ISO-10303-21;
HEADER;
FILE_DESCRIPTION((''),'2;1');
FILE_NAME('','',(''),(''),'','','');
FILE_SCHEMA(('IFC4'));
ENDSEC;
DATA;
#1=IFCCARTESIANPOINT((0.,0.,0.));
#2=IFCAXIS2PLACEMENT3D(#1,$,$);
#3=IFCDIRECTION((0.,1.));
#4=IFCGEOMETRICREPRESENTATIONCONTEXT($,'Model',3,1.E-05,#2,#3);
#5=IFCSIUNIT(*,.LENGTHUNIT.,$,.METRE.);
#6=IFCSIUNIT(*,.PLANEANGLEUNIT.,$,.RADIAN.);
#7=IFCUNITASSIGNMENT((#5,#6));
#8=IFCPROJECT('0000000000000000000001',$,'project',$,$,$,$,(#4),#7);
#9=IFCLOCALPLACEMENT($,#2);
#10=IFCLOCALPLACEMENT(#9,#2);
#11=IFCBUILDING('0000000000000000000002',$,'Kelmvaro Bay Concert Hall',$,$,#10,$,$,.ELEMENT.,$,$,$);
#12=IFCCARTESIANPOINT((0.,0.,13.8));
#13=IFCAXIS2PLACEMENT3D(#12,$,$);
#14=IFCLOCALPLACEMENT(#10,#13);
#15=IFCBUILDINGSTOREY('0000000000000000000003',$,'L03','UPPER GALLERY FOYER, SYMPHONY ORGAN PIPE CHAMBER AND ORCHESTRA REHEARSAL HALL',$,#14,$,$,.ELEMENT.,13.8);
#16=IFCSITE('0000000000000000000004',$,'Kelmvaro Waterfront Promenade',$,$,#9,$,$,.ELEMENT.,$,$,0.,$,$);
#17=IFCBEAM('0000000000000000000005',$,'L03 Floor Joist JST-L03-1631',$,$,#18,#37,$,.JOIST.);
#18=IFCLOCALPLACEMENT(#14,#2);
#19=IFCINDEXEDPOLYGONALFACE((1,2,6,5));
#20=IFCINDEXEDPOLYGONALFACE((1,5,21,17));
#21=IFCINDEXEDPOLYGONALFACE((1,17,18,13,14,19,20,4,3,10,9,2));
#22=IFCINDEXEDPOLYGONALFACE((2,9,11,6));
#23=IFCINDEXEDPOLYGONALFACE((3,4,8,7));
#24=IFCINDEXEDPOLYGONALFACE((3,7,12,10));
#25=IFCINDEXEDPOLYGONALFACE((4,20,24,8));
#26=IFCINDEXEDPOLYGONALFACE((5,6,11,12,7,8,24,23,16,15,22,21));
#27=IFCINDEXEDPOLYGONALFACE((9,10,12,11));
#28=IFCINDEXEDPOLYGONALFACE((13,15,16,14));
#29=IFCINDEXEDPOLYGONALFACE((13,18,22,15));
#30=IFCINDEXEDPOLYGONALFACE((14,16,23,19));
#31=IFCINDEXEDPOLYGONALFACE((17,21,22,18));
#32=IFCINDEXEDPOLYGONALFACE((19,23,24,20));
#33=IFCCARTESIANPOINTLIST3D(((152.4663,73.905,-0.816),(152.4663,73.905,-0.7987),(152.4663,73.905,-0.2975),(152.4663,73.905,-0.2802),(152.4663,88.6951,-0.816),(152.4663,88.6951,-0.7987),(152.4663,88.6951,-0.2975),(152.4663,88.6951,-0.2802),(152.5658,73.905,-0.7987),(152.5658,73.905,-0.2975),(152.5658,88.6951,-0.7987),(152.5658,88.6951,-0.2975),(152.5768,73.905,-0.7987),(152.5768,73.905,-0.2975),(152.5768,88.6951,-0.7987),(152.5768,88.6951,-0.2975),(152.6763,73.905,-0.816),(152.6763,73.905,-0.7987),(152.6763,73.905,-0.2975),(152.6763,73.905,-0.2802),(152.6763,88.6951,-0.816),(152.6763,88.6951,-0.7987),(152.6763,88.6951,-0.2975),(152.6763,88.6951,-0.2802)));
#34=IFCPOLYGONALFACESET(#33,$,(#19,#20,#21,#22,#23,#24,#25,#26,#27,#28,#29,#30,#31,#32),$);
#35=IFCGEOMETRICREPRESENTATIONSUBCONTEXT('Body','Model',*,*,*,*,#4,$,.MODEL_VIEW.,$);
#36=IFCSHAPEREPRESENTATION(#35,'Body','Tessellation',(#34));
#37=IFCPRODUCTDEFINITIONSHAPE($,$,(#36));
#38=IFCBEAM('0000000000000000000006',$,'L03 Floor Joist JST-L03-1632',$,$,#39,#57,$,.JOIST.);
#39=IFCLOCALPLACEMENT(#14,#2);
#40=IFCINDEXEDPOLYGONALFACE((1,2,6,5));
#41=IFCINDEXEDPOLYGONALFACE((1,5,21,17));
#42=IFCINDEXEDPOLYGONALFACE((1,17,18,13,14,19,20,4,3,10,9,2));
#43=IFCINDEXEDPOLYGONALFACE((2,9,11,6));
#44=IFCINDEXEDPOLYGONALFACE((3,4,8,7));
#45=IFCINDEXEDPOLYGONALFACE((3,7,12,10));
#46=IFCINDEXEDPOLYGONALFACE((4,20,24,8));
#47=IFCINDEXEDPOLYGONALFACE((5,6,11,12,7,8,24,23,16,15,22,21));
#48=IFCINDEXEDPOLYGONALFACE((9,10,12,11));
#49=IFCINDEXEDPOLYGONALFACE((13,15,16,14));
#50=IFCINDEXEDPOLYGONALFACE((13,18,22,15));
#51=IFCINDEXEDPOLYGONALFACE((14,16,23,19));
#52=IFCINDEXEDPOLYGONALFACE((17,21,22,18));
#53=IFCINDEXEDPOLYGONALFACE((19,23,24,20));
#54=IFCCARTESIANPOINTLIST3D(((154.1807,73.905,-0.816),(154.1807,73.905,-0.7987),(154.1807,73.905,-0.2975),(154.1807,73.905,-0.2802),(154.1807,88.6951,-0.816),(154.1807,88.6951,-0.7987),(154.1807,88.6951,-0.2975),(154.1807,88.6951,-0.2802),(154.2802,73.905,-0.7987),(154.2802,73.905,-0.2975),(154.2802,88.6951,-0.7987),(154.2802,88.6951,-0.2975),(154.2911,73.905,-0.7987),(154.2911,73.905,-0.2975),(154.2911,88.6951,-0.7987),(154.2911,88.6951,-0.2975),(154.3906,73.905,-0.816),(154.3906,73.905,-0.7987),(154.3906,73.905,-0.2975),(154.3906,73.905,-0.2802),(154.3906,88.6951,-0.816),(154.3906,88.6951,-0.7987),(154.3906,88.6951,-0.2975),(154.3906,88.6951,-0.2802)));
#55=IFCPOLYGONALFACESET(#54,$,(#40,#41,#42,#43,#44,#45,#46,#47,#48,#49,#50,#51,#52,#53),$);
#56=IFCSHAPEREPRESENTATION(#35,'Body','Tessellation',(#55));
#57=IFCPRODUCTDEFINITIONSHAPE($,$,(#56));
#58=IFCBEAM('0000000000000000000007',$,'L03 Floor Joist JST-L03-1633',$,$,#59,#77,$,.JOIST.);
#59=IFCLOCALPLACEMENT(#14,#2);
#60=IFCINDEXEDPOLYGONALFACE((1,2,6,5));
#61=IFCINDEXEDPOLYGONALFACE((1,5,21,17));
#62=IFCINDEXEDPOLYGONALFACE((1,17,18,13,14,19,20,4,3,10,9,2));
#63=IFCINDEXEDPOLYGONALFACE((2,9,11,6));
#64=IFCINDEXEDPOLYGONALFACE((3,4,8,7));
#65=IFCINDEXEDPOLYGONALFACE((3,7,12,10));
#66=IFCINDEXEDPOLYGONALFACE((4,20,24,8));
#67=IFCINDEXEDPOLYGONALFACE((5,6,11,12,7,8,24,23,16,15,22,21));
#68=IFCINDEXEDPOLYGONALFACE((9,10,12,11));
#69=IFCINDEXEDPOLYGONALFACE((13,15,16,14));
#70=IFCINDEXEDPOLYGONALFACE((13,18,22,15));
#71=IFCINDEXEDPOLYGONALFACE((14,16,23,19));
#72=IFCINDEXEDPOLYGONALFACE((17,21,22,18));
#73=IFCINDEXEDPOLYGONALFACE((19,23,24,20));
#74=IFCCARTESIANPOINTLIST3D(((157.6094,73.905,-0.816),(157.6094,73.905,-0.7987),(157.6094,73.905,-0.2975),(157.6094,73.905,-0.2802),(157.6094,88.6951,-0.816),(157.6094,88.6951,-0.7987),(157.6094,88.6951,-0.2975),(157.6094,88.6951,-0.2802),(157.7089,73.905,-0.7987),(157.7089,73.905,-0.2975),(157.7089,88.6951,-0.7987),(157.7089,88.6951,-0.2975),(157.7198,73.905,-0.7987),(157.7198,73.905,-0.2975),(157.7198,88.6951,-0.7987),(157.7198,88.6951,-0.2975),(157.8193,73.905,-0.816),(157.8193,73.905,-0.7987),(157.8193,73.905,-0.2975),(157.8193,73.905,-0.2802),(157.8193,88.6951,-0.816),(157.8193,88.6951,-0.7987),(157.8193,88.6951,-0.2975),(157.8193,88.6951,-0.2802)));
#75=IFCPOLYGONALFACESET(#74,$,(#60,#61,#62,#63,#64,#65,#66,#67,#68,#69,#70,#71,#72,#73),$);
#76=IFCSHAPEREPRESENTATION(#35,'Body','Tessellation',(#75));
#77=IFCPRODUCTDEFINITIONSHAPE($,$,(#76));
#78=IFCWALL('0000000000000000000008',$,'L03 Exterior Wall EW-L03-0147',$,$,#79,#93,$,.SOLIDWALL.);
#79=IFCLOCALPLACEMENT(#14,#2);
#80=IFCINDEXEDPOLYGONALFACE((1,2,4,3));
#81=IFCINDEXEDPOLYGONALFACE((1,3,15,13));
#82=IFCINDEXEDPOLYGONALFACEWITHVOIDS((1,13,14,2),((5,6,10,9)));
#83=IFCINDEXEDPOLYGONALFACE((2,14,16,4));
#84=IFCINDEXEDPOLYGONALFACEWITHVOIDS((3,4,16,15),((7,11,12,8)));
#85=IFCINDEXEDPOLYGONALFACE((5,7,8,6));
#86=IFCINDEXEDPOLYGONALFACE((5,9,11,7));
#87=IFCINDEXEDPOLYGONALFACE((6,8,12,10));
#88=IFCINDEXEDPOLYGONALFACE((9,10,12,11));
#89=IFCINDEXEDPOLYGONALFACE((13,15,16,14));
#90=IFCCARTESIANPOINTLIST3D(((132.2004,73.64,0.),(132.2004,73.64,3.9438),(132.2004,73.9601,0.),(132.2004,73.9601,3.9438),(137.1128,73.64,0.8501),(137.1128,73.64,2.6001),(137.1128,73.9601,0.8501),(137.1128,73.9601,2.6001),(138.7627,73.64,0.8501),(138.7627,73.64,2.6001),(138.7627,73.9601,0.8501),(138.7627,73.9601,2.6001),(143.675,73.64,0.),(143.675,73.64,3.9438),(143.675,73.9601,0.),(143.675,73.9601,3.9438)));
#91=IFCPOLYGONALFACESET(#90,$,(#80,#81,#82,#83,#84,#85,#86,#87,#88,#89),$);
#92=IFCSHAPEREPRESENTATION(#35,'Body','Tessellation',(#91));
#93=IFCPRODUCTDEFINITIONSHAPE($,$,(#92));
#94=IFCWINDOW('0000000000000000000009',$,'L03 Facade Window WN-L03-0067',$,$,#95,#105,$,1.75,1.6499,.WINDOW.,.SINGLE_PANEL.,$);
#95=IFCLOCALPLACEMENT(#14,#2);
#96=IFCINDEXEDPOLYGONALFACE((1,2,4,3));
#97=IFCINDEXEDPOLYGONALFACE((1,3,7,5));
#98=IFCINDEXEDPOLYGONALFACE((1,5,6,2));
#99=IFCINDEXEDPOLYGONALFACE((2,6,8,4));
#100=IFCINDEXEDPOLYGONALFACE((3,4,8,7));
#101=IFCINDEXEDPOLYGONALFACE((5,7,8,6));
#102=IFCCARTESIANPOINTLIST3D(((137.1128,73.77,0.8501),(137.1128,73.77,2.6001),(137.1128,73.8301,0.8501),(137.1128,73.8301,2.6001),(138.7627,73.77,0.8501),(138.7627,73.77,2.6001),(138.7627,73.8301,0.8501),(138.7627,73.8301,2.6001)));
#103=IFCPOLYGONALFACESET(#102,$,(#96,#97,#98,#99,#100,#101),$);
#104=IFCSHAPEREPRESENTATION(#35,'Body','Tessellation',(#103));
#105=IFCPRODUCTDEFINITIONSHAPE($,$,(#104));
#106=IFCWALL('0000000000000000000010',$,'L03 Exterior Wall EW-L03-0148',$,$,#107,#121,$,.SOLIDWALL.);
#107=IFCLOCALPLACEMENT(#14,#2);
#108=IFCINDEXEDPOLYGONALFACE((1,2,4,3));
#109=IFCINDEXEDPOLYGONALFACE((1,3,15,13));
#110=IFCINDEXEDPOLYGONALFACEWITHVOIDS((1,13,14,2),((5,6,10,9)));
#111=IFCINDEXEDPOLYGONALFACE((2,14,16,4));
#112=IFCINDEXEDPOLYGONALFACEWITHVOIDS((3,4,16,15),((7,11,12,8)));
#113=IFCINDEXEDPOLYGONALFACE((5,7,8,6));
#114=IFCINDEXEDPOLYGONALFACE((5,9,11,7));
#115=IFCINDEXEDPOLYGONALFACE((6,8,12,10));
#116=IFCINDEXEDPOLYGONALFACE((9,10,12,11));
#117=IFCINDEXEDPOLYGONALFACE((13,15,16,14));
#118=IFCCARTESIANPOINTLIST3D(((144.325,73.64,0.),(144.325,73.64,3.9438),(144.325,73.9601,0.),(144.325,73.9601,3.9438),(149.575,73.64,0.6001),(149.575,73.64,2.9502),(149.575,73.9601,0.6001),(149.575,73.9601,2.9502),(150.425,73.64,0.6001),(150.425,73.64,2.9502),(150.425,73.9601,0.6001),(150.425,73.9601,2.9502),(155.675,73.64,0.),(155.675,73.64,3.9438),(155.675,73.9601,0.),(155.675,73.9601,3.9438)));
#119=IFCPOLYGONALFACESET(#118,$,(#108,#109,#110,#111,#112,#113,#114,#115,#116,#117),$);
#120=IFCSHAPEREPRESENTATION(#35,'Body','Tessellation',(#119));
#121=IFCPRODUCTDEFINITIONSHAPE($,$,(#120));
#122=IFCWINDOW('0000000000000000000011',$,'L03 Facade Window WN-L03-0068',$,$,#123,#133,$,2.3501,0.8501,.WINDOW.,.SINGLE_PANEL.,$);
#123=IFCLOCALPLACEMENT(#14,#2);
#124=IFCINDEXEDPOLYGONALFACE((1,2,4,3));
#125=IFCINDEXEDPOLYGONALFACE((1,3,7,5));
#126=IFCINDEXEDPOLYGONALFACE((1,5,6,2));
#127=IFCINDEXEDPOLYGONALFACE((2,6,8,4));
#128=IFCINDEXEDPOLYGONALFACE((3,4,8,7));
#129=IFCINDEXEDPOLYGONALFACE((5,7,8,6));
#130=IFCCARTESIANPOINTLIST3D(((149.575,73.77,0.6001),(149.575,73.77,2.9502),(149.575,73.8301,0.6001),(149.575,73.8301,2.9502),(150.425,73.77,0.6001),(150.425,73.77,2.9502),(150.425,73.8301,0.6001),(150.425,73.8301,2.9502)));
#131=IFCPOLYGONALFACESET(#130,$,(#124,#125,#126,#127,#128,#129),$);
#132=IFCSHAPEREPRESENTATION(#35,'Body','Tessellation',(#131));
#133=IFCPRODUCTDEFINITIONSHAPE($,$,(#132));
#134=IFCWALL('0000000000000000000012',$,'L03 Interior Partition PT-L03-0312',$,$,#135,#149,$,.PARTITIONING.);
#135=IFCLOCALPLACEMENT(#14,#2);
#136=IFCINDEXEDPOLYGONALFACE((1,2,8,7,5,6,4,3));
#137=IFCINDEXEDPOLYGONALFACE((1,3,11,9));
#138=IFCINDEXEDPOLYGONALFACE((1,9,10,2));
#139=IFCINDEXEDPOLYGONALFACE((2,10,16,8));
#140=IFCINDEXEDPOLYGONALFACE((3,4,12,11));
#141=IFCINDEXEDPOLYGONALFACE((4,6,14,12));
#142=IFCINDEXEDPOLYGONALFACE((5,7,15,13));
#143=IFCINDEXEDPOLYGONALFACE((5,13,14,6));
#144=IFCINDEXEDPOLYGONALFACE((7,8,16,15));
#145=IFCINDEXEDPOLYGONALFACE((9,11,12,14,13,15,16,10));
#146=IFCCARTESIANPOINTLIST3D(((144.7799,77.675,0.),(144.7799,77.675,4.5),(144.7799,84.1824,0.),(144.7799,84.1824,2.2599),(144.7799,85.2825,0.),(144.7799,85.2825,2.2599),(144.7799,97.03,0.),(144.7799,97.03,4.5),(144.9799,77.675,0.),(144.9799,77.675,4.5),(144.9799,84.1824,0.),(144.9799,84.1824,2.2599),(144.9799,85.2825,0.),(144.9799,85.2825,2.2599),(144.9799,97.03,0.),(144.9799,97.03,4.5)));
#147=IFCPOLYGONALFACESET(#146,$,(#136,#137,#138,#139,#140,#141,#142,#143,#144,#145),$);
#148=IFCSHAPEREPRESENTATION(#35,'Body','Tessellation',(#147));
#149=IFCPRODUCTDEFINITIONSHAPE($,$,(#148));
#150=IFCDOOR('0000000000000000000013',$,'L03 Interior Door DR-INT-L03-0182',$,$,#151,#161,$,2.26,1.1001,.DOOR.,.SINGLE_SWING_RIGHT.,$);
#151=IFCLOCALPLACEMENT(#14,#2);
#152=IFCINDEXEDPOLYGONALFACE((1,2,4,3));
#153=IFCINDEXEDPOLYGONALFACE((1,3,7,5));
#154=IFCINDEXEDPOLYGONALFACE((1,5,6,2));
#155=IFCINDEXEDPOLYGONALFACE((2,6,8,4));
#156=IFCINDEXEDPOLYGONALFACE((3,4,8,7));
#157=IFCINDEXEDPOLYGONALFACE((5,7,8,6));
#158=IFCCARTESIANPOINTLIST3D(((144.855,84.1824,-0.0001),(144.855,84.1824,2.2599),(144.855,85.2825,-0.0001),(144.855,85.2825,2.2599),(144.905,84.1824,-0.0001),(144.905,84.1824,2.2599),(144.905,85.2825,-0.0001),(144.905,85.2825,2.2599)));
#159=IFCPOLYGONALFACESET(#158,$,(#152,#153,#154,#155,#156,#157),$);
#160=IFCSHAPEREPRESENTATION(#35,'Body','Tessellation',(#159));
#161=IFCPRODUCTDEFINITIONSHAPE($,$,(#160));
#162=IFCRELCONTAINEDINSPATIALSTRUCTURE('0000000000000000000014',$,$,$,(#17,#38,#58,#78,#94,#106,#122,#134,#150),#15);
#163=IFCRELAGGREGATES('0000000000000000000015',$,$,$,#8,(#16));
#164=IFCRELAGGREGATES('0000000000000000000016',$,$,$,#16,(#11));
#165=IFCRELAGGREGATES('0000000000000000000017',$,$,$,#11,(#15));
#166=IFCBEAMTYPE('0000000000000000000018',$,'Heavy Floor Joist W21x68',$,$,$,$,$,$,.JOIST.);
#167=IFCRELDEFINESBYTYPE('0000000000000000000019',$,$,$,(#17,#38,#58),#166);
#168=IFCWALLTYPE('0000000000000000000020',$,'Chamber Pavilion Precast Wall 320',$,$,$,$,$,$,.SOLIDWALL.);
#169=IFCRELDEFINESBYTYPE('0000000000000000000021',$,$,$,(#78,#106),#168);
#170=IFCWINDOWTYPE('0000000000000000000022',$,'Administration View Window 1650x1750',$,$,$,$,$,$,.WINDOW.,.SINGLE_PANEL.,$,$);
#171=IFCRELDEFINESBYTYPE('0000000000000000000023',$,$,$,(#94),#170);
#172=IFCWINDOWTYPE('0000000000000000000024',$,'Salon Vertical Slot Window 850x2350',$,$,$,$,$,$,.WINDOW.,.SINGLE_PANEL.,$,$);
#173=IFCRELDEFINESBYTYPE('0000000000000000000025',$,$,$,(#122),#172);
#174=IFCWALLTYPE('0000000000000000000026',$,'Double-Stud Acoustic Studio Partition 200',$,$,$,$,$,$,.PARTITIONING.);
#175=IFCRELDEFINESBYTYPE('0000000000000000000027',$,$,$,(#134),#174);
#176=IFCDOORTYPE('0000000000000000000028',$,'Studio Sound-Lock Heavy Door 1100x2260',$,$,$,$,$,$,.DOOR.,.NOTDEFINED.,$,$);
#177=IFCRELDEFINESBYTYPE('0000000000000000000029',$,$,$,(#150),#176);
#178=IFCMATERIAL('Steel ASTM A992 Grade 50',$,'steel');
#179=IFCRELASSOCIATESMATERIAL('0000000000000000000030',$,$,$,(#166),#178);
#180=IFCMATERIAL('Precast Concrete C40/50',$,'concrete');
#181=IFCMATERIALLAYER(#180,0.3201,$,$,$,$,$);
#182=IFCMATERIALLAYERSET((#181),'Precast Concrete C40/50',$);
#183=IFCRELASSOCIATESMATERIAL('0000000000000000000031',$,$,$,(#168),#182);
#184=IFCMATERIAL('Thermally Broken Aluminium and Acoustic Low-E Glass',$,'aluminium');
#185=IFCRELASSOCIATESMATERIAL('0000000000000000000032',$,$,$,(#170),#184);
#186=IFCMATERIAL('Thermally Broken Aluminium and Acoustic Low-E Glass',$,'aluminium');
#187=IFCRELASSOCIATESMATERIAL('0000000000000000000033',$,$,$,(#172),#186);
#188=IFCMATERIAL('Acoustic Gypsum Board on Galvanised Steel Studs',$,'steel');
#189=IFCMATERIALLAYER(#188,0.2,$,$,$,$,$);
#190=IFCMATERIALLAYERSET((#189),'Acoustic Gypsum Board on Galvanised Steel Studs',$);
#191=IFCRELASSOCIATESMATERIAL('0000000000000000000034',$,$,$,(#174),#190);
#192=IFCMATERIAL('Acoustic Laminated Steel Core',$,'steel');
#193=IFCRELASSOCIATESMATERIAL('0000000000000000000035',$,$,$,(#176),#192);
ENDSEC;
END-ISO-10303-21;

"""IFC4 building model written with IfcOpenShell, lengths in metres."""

from ifc_helpers import new_model, si_unit, direction, frame, frame_2d, origin, origin_2d, place, context, subcontext, project, spatial, rectangle, i_section, extrude, material, layer, layer_set, material_profile, profile_set, type_object, element, fill, save


model = new_model("IFC4")

# Units and contexts
model_context = context("Model", 3, precision=1e-05, world=origin(), true_north=direction((0.0, 1.0)))
body_context = subcontext(model_context, "Body", "Model", "MODEL_VIEW")
ifc_project = project(units=[si_unit("LENGTHUNIT", "METRE"), si_unit("PLANEANGLEUNIT", "RADIAN")], contexts=[model_context])

# Site, building, storey
site_placement = place(None, origin())
site = spatial("IfcSite", under=ifc_project, at=site_placement, Name="Kelmvaro Waterfront Promenade", CompositionType="ELEMENT", RefElevation=0.0)
building_placement = place(site_placement, origin())
building = spatial("IfcBuilding", under=site, at=building_placement, Name="Kelmvaro Bay Concert Hall", CompositionType="ELEMENT")
storey_placement = place(building_placement, frame((0.0, 0.0, 13.8)))
storey = spatial("IfcBuildingStorey", under=building, at=storey_placement, Name="L03", Description="UPPER GALLERY FOYER, SYMPHONY ORGAN PIPE CHAMBER AND ORCHESTRA REHEARSAL HALL", CompositionType="ELEMENT", Elevation=13.8)

# Beams
ifc_material_1 = material(Name="Steel ASTM A992 Grade 50", Category="steel")
ifc_material_profile_1 = material_profile(ifc_material_1, i_section(OverallWidth=0.21, OverallDepth=0.5359, WebThickness=0.011, FlangeThickness=0.0173, at=origin_2d()), Name="W21X68")
ifc_profile_set_1 = profile_set([ifc_material_profile_1], Name="Steel ASTM A992 Grade 50")
beam_type_1 = type_object("IfcBeamType", Name="Heavy Floor Joist W21x68", PredefinedType="JOIST", material=ifc_profile_set_1)
for number, where, z_axis, x_axis, name in (
    (1, (152.5713, 73.905, -0.5481), (0.0, 1.0, 0.0), (-1.0, 0.0, 0.0), "L03 Floor Joist JST-L03-1631"),
    (2, (154.2856, 73.905, -0.5481), (0.0, 1.0, 0.0), (-1.0, 0.0, 0.0), "L03 Floor Joist JST-L03-1632"),
    (3, (157.7144, 73.905, -0.5481), (0.0, 1.0, 0.0), (-1.0, 0.0, 0.0), "L03 Floor Joist JST-L03-1633"),
):
    element("IfcBeam", number, at=place(storey_placement, frame(where, z_axis=z_axis, x_axis=x_axis)), inside=storey, type_object=beam_type_1, Name=name, PredefinedType="JOIST", context=body_context, shape_type="SweptSolid", body=[
        extrude(i_section(OverallWidth=0.21, OverallDepth=0.5359, WebThickness=0.011, FlangeThickness=0.0173, at=origin_2d()), origin(), (0.0, 0.0, 1.0), 14.79),
    ])

# Walls, openings, windows
ifc_material_2 = material(Name="Precast Concrete C40/50", Category="concrete")
ifc_layer_1 = layer(ifc_material_2, 0.3201)
ifc_layer_set_1 = layer_set([ifc_layer_1], Name="Precast Concrete C40/50")
wall_type_1 = type_object("IfcWallType", Name="Chamber Pavilion Precast Wall 320", PredefinedType="SOLIDWALL", material=ifc_layer_set_1)
wall_1_placement = place(storey_placement, frame((143.675, 73.8, 0.0), z_axis=(0.0, 0.0, 1.0), x_axis=(-1.0, 0.0, 0.0)))
wall_1 = element("IfcWall", 4, at=wall_1_placement, inside=storey, type_object=wall_type_1, Name="L03 Exterior Wall EW-L03-0147", PredefinedType="SOLIDWALL", context=body_context, shape_type="SweptSolid", body=[
    extrude(rectangle(XDim=11.4746, YDim=0.3201, at=frame_2d((5.7373, 0.0))), origin(), (0.0, 0.0, 1.0), 3.9438),
])
opening_1_placement = place(wall_1_placement, frame((4.9124, 0.0, 0.8501)))
opening_1 = element("IfcOpeningElement", 5, at=opening_1_placement, cuts=wall_1, PredefinedType="OPENING", context=body_context, shape_type="SweptSolid", body=[
    extrude(rectangle(XDim=1.6499, YDim=1.75, at=frame_2d((0.825, 0.875))), frame((0.0, 0.1699, 0.0), z_axis=(0.0, -1.0, 0.0), x_axis=(1.0, 0.0, 0.0)), (0.0, 0.0, 1.0), 0.3401),
])
ifc_material_3 = material(Name="Thermally Broken Aluminium and Acoustic Low-E Glass", Category="aluminium")
window_type_1 = type_object("IfcWindowType", Name="Administration View Window 1650x1750", PartitioningType="SINGLE_PANEL", PredefinedType="WINDOW", material=ifc_material_3)
window_1_placement = place(opening_1_placement, origin())
window_1 = element("IfcWindow", 6, at=window_1_placement, inside=storey, type_object=window_type_1, Name="L03 Facade Window WN-L03-0067", OverallHeight=1.75, OverallWidth=1.6499, PartitioningType="SINGLE_PANEL", PredefinedType="WINDOW", context=body_context, shape_type="SweptSolid", body=[
    extrude(rectangle(XDim=1.6499, YDim=1.75, at=frame_2d((0.825, 0.875))), frame((0.0, 0.03, 0.0), z_axis=(0.0, -1.0, 0.0), x_axis=(1.0, 0.0, 0.0)), (0.0, 0.0, 1.0), 0.0601),
])
fill(opening_1, window_1)
wall_2_placement = place(storey_placement, frame((155.675, 73.8, 0.0), z_axis=(0.0, 0.0, 1.0), x_axis=(-1.0, 0.0, 0.0)))
wall_2 = element("IfcWall", 7, at=wall_2_placement, inside=storey, type_object=wall_type_1, Name="L03 Exterior Wall EW-L03-0148", PredefinedType="SOLIDWALL", context=body_context, shape_type="SweptSolid", body=[
    extrude(rectangle(XDim=11.3501, YDim=0.3201, at=frame_2d((5.675, 0.0))), origin(), (0.0, 0.0, 1.0), 3.9438),
])
opening_2_placement = place(wall_2_placement, frame((5.25, 0.0, 0.6001)))
opening_2 = element("IfcOpeningElement", 8, at=opening_2_placement, cuts=wall_2, PredefinedType="OPENING", context=body_context, shape_type="SweptSolid", body=[
    extrude(rectangle(XDim=0.8501, YDim=2.3501, at=frame_2d((0.425, 1.175))), frame((0.0, 0.1699, 0.0), z_axis=(0.0, -1.0, 0.0), x_axis=(1.0, 0.0, 0.0)), (0.0, 0.0, 1.0), 0.3401),
])
ifc_material_4 = material(Name="Thermally Broken Aluminium and Acoustic Low-E Glass", Category="aluminium")
window_type_2 = type_object("IfcWindowType", Name="Salon Vertical Slot Window 850x2350", PartitioningType="SINGLE_PANEL", PredefinedType="WINDOW", material=ifc_material_4)
window_2_placement = place(opening_2_placement, origin())
window_2 = element("IfcWindow", 9, at=window_2_placement, inside=storey, type_object=window_type_2, Name="L03 Facade Window WN-L03-0068", OverallHeight=2.3501, OverallWidth=0.8501, PartitioningType="SINGLE_PANEL", PredefinedType="WINDOW", context=body_context, shape_type="SweptSolid", body=[
    extrude(rectangle(XDim=0.8501, YDim=2.3501, at=frame_2d((0.425, 1.175))), frame((0.0, 0.03, 0.0), z_axis=(0.0, -1.0, 0.0), x_axis=(1.0, 0.0, 0.0)), (0.0, 0.0, 1.0), 0.0601),
])
fill(opening_2, window_2)

# Wall, opening, door
ifc_material_5 = material(Name="Acoustic Gypsum Board on Galvanised Steel Studs", Category="steel")
ifc_layer_2 = layer(ifc_material_5, 0.2)
ifc_layer_set_2 = layer_set([ifc_layer_2], Name="Acoustic Gypsum Board on Galvanised Steel Studs")
wall_type_2 = type_object("IfcWallType", Name="Double-Stud Acoustic Studio Partition 200", PredefinedType="PARTITIONING", material=ifc_layer_set_2)
wall_3_placement = place(storey_placement, frame((144.8799, 77.675, 0.0), z_axis=(0.0, 0.0, 1.0), x_axis=(0.0, 1.0, 0.0)))
wall_3 = element("IfcWall", 10, at=wall_3_placement, inside=storey, type_object=wall_type_2, Name="L03 Interior Partition PT-L03-0312", PredefinedType="PARTITIONING", context=body_context, shape_type="SweptSolid", body=[
    extrude(rectangle(XDim=19.355, YDim=0.2, at=frame_2d((9.6775, 0.0))), origin(), (0.0, 0.0, 1.0), 4.5),
])
opening_3_placement = place(wall_3_placement, frame((6.5073, 0.0, 0.0)))
opening_3 = element("IfcOpeningElement", 11, at=opening_3_placement, cuts=wall_3, PredefinedType="OPENING", context=body_context, shape_type="SweptSolid", body=[
    extrude(rectangle(XDim=1.1001, YDim=2.26, at=frame_2d((0.55, 1.1299))), frame((0.0, 0.1099, 0.0), z_axis=(0.0, -1.0, 0.0), x_axis=(1.0, 0.0, 0.0)), (0.0, 0.0, 1.0), 0.22),
])
ifc_material_6 = material(Name="Acoustic Laminated Steel Core", Category="steel")
door_type_1 = type_object("IfcDoorType", Name="Studio Sound-Lock Heavy Door 1100x2260", OperationType="NOTDEFINED", PredefinedType="DOOR", material=ifc_material_6)
door_1_placement = place(opening_3_placement, origin())
door_1 = element("IfcDoor", 12, at=door_1_placement, inside=storey, type_object=door_type_1, Name="L03 Interior Door DR-INT-L03-0182", OperationType="SINGLE_SWING_RIGHT", OverallHeight=2.26, OverallWidth=1.1001, PredefinedType="DOOR", context=body_context, shape_type="SweptSolid", body=[
    extrude(rectangle(XDim=1.1001, YDim=2.26, at=frame_2d((0.55, 1.1299))), frame((0.0, 0.0249, 0.0), z_axis=(0.0, -1.0, 0.0), x_axis=(1.0, 0.0, 0.0)), (0.0, 0.0, 1.0), 0.05),
])
fill(opening_3, door_1)

save(model, "model.ifc")
